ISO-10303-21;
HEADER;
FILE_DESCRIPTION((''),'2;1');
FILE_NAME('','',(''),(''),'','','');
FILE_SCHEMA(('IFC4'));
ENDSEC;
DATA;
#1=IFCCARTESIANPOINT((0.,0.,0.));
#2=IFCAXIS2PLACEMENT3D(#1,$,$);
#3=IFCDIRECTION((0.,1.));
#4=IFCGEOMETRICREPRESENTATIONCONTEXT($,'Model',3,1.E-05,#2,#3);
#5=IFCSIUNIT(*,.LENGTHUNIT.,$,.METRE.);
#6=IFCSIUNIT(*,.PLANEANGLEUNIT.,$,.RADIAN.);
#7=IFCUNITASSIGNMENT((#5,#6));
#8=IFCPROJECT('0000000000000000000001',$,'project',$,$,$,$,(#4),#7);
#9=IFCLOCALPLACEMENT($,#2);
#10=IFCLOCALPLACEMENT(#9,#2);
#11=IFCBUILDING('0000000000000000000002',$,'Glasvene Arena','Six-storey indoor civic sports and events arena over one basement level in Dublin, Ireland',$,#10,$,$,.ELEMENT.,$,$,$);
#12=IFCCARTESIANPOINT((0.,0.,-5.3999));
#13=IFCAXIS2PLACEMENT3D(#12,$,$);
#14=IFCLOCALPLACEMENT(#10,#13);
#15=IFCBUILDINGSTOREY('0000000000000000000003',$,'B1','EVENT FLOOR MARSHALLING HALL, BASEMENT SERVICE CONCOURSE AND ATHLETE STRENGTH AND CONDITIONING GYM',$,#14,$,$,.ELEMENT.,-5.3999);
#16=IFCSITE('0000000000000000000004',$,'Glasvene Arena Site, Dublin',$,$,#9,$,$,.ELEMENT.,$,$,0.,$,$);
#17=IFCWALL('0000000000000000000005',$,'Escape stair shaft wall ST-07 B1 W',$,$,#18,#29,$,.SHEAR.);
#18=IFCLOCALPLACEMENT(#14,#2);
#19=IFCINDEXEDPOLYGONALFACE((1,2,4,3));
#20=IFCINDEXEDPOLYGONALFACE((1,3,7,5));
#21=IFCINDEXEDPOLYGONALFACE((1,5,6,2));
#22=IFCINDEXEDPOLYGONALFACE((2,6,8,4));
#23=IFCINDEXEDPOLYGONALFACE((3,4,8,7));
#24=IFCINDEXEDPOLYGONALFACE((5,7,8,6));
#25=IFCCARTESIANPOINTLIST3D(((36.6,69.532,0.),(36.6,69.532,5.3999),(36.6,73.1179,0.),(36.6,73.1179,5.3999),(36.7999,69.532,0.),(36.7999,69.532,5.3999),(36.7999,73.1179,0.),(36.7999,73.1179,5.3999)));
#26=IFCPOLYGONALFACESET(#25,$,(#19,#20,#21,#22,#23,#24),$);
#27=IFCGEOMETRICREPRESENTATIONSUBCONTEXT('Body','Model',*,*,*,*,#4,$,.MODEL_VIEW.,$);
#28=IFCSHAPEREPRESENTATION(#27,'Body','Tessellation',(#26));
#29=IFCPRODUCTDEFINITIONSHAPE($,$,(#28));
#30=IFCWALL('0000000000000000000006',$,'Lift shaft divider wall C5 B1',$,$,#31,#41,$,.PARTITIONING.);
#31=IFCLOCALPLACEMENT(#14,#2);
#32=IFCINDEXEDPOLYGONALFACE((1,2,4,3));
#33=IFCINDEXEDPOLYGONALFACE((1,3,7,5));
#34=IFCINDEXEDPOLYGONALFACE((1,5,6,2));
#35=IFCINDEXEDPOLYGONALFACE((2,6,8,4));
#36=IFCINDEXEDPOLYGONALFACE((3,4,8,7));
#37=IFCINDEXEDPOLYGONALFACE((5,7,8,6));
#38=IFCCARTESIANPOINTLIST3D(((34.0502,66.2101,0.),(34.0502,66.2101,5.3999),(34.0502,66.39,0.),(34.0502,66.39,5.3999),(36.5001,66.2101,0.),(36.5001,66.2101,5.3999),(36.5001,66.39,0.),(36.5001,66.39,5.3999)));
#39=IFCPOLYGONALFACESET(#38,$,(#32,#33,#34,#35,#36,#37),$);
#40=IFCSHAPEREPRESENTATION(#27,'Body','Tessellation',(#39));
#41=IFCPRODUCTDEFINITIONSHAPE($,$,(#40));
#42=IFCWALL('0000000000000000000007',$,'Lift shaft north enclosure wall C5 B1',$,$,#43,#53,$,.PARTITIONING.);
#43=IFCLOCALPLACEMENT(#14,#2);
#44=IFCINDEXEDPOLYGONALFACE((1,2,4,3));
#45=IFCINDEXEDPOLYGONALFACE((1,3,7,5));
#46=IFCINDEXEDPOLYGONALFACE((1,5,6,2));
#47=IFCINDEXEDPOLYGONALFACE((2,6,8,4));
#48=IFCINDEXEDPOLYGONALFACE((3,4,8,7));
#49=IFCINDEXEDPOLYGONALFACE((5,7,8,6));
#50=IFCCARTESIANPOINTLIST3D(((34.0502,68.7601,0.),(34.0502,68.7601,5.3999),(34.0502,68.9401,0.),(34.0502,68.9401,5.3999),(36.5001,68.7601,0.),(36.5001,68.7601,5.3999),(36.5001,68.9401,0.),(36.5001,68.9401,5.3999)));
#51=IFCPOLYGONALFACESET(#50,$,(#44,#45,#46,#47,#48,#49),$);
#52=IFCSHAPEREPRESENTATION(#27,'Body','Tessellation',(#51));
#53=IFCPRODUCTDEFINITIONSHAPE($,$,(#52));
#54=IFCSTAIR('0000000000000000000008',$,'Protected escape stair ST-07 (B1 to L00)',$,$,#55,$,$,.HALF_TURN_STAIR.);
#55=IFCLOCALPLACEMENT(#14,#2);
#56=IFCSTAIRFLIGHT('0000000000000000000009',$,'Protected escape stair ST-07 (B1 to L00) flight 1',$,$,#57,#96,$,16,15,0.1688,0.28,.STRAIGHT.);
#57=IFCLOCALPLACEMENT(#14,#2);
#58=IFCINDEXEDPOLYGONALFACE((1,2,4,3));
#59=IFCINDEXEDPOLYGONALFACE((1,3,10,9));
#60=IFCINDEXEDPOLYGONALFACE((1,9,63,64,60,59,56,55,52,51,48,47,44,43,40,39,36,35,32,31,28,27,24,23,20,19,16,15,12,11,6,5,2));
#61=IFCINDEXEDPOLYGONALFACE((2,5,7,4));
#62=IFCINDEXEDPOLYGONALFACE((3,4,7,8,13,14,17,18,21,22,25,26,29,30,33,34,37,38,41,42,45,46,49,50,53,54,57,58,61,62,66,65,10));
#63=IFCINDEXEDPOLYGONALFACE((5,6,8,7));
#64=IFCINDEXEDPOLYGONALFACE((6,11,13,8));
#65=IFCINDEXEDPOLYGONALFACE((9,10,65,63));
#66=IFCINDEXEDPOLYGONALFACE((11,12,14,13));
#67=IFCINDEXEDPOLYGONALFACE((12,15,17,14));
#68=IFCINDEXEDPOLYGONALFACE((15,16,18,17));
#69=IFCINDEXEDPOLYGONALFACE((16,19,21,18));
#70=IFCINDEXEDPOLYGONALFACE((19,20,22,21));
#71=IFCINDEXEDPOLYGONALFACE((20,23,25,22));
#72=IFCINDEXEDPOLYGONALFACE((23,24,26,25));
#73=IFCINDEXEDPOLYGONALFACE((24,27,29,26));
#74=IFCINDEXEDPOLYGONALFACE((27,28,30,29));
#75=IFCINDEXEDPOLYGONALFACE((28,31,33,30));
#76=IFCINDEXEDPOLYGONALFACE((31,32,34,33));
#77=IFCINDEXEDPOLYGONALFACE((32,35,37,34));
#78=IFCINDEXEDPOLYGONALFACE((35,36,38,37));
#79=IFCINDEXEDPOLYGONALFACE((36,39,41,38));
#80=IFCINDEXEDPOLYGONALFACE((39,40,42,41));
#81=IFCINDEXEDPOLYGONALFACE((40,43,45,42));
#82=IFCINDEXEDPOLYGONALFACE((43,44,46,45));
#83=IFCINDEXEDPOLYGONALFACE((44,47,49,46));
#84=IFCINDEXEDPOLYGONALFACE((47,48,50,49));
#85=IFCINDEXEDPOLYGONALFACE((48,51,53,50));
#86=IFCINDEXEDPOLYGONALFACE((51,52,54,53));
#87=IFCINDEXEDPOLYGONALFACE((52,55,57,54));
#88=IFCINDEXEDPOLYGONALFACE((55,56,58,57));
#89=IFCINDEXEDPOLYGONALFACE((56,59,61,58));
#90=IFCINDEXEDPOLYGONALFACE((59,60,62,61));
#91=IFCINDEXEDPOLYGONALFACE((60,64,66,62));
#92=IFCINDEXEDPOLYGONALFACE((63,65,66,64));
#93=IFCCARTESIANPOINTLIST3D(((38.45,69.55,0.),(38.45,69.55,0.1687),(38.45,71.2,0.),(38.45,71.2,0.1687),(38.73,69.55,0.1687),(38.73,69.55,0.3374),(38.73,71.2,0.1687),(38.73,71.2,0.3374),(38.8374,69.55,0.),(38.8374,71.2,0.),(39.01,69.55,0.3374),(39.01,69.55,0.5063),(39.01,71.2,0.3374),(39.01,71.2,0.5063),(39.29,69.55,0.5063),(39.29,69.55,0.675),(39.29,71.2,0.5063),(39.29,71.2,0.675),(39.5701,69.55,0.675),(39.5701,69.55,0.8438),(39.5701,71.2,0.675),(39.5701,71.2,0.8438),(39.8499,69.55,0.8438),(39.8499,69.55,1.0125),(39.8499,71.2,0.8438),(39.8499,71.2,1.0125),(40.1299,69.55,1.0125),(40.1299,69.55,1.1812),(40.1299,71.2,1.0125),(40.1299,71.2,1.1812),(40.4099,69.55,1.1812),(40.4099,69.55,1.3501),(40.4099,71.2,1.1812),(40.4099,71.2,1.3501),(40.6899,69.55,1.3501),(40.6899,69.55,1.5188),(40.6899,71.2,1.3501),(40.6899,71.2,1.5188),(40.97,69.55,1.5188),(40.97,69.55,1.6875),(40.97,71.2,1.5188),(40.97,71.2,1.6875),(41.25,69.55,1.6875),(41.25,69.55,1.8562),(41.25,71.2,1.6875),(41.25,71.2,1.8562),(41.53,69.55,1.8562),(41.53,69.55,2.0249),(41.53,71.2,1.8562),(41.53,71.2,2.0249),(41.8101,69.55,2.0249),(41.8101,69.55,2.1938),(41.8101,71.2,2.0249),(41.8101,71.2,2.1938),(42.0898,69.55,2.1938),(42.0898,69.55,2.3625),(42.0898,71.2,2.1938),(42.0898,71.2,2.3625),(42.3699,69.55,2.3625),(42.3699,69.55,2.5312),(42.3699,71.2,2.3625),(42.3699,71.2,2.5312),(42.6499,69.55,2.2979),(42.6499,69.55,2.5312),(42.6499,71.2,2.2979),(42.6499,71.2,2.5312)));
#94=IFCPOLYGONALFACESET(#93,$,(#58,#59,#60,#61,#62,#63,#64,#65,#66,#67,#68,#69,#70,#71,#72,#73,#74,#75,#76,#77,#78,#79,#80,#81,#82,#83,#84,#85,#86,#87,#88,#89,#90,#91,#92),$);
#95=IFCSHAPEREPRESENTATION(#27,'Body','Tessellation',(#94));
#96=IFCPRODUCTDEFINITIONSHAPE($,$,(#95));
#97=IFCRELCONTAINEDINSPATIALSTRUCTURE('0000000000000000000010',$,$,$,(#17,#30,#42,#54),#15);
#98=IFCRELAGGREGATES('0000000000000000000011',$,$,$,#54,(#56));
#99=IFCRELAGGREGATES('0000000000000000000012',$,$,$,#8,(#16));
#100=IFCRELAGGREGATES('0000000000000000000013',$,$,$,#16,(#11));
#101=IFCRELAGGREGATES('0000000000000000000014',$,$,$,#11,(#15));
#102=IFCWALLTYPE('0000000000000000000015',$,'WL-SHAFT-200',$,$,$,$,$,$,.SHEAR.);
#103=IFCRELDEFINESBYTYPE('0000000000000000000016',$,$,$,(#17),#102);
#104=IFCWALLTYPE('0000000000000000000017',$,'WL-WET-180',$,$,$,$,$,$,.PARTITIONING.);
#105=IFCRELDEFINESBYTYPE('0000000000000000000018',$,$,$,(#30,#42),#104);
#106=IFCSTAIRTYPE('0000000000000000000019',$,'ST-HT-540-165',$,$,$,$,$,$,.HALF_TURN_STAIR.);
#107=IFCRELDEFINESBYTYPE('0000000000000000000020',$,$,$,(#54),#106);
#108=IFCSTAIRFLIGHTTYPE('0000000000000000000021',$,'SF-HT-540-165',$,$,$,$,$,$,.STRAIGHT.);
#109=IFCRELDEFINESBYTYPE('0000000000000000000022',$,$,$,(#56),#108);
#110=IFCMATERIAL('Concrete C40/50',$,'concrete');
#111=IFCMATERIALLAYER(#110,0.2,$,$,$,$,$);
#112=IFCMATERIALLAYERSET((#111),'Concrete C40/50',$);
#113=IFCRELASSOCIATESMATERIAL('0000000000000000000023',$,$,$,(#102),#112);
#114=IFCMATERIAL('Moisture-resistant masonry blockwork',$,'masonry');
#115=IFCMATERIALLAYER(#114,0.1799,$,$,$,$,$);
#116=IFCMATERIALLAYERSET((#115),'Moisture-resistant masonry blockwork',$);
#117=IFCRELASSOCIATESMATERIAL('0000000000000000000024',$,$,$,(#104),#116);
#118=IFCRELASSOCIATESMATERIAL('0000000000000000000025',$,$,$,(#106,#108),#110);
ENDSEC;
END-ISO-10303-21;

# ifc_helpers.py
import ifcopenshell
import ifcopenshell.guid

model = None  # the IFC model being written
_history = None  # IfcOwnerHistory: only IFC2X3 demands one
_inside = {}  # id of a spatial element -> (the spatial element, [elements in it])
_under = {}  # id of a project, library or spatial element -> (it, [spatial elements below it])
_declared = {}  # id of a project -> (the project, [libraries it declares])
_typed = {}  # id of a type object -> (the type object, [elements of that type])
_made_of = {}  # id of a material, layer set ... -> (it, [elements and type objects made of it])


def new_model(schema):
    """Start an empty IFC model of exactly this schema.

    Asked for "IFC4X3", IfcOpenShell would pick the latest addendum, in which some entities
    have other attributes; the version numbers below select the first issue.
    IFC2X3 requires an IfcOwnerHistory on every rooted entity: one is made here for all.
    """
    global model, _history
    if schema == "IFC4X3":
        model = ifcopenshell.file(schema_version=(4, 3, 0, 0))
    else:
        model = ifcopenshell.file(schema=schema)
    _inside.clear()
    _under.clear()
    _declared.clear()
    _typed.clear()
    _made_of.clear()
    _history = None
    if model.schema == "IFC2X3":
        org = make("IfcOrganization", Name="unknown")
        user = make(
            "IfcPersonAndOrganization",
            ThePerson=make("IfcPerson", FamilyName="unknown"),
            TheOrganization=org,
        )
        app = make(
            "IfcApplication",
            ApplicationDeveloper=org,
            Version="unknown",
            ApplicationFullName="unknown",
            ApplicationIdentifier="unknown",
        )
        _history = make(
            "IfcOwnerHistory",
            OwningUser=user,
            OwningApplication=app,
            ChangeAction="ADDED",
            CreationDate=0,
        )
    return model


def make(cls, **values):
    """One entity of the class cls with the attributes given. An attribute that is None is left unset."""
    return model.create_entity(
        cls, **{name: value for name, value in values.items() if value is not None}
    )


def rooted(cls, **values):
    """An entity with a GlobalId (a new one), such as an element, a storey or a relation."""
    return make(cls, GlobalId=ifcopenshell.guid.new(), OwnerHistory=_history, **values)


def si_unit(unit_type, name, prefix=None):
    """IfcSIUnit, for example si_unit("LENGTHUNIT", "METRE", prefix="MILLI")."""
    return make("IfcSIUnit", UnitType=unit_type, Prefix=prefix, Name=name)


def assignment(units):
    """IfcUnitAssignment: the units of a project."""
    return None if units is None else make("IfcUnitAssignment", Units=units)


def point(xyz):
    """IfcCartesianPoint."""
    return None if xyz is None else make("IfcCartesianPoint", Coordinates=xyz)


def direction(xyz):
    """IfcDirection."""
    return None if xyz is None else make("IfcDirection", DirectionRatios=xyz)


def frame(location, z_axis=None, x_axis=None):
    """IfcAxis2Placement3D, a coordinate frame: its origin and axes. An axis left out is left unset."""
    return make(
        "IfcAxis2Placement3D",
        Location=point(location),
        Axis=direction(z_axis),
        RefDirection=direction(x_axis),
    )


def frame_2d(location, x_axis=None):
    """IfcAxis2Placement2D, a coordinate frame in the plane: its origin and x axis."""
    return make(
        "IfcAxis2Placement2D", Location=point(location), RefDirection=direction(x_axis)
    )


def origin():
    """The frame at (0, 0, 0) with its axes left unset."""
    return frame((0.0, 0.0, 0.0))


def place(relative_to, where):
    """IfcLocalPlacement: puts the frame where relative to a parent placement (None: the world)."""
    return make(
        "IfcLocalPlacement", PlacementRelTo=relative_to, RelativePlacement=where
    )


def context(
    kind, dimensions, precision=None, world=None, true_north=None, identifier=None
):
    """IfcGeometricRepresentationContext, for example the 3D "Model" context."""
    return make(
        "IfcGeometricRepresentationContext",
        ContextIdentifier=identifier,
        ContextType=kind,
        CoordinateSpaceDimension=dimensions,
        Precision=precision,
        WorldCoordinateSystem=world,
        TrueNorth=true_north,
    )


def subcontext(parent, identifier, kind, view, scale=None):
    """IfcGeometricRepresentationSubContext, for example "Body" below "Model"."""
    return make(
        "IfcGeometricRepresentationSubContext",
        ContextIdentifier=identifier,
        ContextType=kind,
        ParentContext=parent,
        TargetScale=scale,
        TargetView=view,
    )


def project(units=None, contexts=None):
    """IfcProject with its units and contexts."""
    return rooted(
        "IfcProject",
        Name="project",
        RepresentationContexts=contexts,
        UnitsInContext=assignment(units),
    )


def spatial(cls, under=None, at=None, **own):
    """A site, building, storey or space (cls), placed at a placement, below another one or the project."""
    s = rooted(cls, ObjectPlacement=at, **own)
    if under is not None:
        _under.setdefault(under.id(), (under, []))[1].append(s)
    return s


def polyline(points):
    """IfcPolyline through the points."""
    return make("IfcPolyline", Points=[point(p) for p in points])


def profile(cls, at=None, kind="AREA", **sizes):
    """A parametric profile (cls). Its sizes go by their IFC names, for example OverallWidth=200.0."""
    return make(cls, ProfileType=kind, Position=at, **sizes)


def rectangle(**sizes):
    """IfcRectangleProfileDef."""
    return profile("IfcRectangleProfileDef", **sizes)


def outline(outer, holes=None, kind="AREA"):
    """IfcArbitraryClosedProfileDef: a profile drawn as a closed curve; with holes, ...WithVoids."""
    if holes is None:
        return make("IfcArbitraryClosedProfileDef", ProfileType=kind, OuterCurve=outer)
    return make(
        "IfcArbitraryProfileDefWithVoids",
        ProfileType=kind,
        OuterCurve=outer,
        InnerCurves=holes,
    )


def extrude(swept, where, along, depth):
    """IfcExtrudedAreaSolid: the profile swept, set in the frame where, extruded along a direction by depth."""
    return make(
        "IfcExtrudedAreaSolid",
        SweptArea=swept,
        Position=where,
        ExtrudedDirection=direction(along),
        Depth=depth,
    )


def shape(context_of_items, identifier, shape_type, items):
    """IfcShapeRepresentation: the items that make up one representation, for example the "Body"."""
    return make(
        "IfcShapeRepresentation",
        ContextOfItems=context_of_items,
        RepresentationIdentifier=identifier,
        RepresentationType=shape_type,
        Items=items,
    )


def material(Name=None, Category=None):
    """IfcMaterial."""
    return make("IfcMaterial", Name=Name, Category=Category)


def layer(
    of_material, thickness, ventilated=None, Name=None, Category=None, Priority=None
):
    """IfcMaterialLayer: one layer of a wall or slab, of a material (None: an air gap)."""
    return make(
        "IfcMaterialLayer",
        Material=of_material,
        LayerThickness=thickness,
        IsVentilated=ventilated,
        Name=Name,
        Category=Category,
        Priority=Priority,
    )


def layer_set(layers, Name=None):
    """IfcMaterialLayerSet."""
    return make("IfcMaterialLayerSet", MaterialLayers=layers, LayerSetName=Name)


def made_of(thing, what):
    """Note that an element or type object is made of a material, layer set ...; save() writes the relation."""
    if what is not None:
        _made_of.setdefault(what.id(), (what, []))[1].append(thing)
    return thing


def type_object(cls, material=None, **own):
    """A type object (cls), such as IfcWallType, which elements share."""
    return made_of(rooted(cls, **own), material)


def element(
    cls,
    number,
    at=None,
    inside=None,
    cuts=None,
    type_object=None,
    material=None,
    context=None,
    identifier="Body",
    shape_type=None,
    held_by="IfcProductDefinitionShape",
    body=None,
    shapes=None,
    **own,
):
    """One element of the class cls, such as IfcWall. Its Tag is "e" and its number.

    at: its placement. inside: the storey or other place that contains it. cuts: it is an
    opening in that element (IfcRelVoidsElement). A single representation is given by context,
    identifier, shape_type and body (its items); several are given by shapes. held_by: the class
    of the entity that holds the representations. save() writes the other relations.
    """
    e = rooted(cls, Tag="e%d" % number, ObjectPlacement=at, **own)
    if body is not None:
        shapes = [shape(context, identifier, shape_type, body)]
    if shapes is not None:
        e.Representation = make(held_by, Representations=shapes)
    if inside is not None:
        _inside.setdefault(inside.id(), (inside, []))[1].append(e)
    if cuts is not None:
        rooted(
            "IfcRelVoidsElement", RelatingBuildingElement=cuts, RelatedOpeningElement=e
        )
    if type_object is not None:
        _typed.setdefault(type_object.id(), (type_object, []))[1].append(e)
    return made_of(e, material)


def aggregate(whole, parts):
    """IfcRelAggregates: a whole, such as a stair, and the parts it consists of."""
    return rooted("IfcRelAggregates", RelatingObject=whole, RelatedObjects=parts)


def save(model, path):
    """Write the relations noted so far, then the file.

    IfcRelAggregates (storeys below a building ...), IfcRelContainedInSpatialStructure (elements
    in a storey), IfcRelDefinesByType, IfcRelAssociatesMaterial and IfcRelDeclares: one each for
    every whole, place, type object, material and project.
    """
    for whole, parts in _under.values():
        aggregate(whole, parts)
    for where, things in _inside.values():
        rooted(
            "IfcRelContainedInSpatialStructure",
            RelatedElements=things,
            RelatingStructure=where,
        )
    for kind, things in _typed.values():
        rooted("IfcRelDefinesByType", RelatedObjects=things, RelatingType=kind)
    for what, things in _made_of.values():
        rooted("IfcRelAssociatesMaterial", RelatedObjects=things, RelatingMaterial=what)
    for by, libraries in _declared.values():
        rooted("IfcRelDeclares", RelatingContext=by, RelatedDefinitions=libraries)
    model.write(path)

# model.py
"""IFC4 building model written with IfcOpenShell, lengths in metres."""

from ifc_helpers import new_model, si_unit, direction, frame, frame_2d, origin, place, context, subcontext, project, spatial, polyline, rectangle, outline, extrude, material, layer, layer_set, type_object, element, aggregate, save


model = new_model("IFC4")

# Units and contexts
model_context = context("Model", 3, precision=1e-05, world=origin(), true_north=direction((0.0, 1.0)))
body_context = subcontext(model_context, "Body", "Model", "MODEL_VIEW")
ifc_project = project(units=[si_unit("LENGTHUNIT", "METRE"), si_unit("PLANEANGLEUNIT", "RADIAN")], contexts=[model_context])

# Site, building, storey
site_placement = place(None, origin())
site = spatial("IfcSite", under=ifc_project, at=site_placement, Name="Glasvene Arena Site, Dublin", CompositionType="ELEMENT", RefElevation=0.0)
building_placement = place(site_placement, origin())
building = spatial("IfcBuilding", under=site, at=building_placement, Name="Glasvene Arena", Description="Six-storey indoor civic sports and events arena over one basement level in Dublin, Ireland", CompositionType="ELEMENT")
storey_placement = place(building_placement, frame((0.0, 0.0, -5.3999)))
storey = spatial("IfcBuildingStorey", under=building, at=storey_placement, Name="B1", Description="EVENT FLOOR MARSHALLING HALL, BASEMENT SERVICE CONCOURSE AND ATHLETE STRENGTH AND CONDITIONING GYM", CompositionType="ELEMENT", Elevation=-5.3999)

# Shared definitions
ifc_material_1 = material(Name="Concrete C40/50", Category="concrete")

# Shared definitions
ifc_layer_1 = layer(ifc_material_1, 0.2)
ifc_layer_set_1 = layer_set([ifc_layer_1], Name="Concrete C40/50")
wall_type_1 = type_object("IfcWallType", Name="WL-SHAFT-200", PredefinedType="SHEAR", material=ifc_layer_set_1)

# Walls
wall_1_placement = place(storey_placement, frame((36.7, 69.532, 0.0), z_axis=(0.0, 0.0, 1.0), x_axis=(0.0, 1.0, 0.0)))
element("IfcWall", 1, at=wall_1_placement, inside=storey, type_object=wall_type_1, Name="Escape stair shaft wall ST-07 B1 W", PredefinedType="SHEAR", context=body_context, shape_type="SweptSolid", body=[
    extrude(rectangle(XDim=3.5859, YDim=0.2, at=frame_2d((1.793, 0.0))), origin(), (0.0, 0.0, 1.0), 5.3999),
])
ifc_material_2 = material(Name="Moisture-resistant masonry blockwork", Category="masonry")
ifc_layer_2 = layer(ifc_material_2, 0.1799)
ifc_layer_set_2 = layer_set([ifc_layer_2], Name="Moisture-resistant masonry blockwork")
wall_type_2 = type_object("IfcWallType", Name="WL-WET-180", PredefinedType="PARTITIONING", material=ifc_layer_set_2)
for number, where, z_axis, x_axis, name in (
    (2, (34.05, 66.3, 0.0), (0.0, 0.0, 1.0), (1.0, 0.0, 0.0), "Lift shaft divider wall C5 B1"),
    (3, (34.05, 68.8501, 0.0), (0.0, 0.0, 1.0), (1.0, 0.0, 0.0), "Lift shaft north enclosure wall C5 B1"),
):
    element("IfcWall", number, at=place(storey_placement, frame(where, z_axis=z_axis, x_axis=x_axis)), inside=storey, type_object=wall_type_2, Name=name, PredefinedType="PARTITIONING", context=body_context, shape_type="SweptSolid", body=[
        extrude(rectangle(XDim=2.45, YDim=0.1799, at=frame_2d((1.2251, 0.0))), origin(), (0.0, 0.0, 1.0), 5.3999),
    ])

# Stair, stair flight
stair_type = type_object("IfcStairType", Name="ST-HT-540-165", PredefinedType="HALF_TURN_STAIR", material=ifc_material_1)
stair_placement = place(storey_placement, origin())
stair = element("IfcStair", 4, at=stair_placement, inside=storey, type_object=stair_type, Name="Protected escape stair ST-07 (B1 to L00)", PredefinedType="HALF_TURN_STAIR")
stair_flight_type = type_object("IfcStairFlightType", Name="SF-HT-540-165", PredefinedType="STRAIGHT", material=ifc_material_1)
stair_flight_placement = place(storey_placement, frame((38.45, 70.375, 0.0), z_axis=(0.0, 0.0, 1.0), x_axis=(1.0, 0.0, 0.0)))
stair_flight = element("IfcStairFlight", 5, at=stair_flight_placement, type_object=stair_flight_type, Name="Protected escape stair ST-07 (B1 to L00) flight 1", NumberOfRisers=16, NumberOfTreads=15, PredefinedType="STRAIGHT", RiserHeight=0.1688, TreadLength=0.28, context=body_context, shape_type="SweptSolid", body=[
    extrude(outline(polyline([(0.0, 0.0), (0.0, 0.1687), (0.28, 0.1687), (0.28, 0.3374), (0.5601, 0.3374), (0.5601, 0.5063), (0.8401, 0.5063), (0.8401, 0.675), (1.1201, 0.675), (1.1201, 0.8438), (1.3999, 0.8438), (1.3999, 1.0125), (1.6799, 1.0125), (1.6799, 1.1812), (1.96, 1.1812), (1.96, 1.3501), (2.24, 1.3501), (2.24, 1.5188), (2.52, 1.5188), (2.52, 1.6875), (2.8, 1.6875), (2.8, 1.8562), (3.0801, 1.8562), (3.0801, 2.0249), (3.3601, 2.0249), (3.3601, 2.1938), (3.6399, 2.1938), (3.6399, 2.3625), (3.9199, 2.3625), (3.9199, 2.5312), (4.2, 2.5312), (4.2, 2.7), (4.2, 2.2979), (0.3875, 0.0), (0.0, 0.0)])), frame((0.0, 0.825, 0.0), z_axis=(0.0, -1.0, 0.0), x_axis=(1.0, 0.0, 0.0)), (0.0, 0.0, 1.0), 1.6499),
])
aggregate(stair, [stair_flight])

save(model, "model.ifc")
